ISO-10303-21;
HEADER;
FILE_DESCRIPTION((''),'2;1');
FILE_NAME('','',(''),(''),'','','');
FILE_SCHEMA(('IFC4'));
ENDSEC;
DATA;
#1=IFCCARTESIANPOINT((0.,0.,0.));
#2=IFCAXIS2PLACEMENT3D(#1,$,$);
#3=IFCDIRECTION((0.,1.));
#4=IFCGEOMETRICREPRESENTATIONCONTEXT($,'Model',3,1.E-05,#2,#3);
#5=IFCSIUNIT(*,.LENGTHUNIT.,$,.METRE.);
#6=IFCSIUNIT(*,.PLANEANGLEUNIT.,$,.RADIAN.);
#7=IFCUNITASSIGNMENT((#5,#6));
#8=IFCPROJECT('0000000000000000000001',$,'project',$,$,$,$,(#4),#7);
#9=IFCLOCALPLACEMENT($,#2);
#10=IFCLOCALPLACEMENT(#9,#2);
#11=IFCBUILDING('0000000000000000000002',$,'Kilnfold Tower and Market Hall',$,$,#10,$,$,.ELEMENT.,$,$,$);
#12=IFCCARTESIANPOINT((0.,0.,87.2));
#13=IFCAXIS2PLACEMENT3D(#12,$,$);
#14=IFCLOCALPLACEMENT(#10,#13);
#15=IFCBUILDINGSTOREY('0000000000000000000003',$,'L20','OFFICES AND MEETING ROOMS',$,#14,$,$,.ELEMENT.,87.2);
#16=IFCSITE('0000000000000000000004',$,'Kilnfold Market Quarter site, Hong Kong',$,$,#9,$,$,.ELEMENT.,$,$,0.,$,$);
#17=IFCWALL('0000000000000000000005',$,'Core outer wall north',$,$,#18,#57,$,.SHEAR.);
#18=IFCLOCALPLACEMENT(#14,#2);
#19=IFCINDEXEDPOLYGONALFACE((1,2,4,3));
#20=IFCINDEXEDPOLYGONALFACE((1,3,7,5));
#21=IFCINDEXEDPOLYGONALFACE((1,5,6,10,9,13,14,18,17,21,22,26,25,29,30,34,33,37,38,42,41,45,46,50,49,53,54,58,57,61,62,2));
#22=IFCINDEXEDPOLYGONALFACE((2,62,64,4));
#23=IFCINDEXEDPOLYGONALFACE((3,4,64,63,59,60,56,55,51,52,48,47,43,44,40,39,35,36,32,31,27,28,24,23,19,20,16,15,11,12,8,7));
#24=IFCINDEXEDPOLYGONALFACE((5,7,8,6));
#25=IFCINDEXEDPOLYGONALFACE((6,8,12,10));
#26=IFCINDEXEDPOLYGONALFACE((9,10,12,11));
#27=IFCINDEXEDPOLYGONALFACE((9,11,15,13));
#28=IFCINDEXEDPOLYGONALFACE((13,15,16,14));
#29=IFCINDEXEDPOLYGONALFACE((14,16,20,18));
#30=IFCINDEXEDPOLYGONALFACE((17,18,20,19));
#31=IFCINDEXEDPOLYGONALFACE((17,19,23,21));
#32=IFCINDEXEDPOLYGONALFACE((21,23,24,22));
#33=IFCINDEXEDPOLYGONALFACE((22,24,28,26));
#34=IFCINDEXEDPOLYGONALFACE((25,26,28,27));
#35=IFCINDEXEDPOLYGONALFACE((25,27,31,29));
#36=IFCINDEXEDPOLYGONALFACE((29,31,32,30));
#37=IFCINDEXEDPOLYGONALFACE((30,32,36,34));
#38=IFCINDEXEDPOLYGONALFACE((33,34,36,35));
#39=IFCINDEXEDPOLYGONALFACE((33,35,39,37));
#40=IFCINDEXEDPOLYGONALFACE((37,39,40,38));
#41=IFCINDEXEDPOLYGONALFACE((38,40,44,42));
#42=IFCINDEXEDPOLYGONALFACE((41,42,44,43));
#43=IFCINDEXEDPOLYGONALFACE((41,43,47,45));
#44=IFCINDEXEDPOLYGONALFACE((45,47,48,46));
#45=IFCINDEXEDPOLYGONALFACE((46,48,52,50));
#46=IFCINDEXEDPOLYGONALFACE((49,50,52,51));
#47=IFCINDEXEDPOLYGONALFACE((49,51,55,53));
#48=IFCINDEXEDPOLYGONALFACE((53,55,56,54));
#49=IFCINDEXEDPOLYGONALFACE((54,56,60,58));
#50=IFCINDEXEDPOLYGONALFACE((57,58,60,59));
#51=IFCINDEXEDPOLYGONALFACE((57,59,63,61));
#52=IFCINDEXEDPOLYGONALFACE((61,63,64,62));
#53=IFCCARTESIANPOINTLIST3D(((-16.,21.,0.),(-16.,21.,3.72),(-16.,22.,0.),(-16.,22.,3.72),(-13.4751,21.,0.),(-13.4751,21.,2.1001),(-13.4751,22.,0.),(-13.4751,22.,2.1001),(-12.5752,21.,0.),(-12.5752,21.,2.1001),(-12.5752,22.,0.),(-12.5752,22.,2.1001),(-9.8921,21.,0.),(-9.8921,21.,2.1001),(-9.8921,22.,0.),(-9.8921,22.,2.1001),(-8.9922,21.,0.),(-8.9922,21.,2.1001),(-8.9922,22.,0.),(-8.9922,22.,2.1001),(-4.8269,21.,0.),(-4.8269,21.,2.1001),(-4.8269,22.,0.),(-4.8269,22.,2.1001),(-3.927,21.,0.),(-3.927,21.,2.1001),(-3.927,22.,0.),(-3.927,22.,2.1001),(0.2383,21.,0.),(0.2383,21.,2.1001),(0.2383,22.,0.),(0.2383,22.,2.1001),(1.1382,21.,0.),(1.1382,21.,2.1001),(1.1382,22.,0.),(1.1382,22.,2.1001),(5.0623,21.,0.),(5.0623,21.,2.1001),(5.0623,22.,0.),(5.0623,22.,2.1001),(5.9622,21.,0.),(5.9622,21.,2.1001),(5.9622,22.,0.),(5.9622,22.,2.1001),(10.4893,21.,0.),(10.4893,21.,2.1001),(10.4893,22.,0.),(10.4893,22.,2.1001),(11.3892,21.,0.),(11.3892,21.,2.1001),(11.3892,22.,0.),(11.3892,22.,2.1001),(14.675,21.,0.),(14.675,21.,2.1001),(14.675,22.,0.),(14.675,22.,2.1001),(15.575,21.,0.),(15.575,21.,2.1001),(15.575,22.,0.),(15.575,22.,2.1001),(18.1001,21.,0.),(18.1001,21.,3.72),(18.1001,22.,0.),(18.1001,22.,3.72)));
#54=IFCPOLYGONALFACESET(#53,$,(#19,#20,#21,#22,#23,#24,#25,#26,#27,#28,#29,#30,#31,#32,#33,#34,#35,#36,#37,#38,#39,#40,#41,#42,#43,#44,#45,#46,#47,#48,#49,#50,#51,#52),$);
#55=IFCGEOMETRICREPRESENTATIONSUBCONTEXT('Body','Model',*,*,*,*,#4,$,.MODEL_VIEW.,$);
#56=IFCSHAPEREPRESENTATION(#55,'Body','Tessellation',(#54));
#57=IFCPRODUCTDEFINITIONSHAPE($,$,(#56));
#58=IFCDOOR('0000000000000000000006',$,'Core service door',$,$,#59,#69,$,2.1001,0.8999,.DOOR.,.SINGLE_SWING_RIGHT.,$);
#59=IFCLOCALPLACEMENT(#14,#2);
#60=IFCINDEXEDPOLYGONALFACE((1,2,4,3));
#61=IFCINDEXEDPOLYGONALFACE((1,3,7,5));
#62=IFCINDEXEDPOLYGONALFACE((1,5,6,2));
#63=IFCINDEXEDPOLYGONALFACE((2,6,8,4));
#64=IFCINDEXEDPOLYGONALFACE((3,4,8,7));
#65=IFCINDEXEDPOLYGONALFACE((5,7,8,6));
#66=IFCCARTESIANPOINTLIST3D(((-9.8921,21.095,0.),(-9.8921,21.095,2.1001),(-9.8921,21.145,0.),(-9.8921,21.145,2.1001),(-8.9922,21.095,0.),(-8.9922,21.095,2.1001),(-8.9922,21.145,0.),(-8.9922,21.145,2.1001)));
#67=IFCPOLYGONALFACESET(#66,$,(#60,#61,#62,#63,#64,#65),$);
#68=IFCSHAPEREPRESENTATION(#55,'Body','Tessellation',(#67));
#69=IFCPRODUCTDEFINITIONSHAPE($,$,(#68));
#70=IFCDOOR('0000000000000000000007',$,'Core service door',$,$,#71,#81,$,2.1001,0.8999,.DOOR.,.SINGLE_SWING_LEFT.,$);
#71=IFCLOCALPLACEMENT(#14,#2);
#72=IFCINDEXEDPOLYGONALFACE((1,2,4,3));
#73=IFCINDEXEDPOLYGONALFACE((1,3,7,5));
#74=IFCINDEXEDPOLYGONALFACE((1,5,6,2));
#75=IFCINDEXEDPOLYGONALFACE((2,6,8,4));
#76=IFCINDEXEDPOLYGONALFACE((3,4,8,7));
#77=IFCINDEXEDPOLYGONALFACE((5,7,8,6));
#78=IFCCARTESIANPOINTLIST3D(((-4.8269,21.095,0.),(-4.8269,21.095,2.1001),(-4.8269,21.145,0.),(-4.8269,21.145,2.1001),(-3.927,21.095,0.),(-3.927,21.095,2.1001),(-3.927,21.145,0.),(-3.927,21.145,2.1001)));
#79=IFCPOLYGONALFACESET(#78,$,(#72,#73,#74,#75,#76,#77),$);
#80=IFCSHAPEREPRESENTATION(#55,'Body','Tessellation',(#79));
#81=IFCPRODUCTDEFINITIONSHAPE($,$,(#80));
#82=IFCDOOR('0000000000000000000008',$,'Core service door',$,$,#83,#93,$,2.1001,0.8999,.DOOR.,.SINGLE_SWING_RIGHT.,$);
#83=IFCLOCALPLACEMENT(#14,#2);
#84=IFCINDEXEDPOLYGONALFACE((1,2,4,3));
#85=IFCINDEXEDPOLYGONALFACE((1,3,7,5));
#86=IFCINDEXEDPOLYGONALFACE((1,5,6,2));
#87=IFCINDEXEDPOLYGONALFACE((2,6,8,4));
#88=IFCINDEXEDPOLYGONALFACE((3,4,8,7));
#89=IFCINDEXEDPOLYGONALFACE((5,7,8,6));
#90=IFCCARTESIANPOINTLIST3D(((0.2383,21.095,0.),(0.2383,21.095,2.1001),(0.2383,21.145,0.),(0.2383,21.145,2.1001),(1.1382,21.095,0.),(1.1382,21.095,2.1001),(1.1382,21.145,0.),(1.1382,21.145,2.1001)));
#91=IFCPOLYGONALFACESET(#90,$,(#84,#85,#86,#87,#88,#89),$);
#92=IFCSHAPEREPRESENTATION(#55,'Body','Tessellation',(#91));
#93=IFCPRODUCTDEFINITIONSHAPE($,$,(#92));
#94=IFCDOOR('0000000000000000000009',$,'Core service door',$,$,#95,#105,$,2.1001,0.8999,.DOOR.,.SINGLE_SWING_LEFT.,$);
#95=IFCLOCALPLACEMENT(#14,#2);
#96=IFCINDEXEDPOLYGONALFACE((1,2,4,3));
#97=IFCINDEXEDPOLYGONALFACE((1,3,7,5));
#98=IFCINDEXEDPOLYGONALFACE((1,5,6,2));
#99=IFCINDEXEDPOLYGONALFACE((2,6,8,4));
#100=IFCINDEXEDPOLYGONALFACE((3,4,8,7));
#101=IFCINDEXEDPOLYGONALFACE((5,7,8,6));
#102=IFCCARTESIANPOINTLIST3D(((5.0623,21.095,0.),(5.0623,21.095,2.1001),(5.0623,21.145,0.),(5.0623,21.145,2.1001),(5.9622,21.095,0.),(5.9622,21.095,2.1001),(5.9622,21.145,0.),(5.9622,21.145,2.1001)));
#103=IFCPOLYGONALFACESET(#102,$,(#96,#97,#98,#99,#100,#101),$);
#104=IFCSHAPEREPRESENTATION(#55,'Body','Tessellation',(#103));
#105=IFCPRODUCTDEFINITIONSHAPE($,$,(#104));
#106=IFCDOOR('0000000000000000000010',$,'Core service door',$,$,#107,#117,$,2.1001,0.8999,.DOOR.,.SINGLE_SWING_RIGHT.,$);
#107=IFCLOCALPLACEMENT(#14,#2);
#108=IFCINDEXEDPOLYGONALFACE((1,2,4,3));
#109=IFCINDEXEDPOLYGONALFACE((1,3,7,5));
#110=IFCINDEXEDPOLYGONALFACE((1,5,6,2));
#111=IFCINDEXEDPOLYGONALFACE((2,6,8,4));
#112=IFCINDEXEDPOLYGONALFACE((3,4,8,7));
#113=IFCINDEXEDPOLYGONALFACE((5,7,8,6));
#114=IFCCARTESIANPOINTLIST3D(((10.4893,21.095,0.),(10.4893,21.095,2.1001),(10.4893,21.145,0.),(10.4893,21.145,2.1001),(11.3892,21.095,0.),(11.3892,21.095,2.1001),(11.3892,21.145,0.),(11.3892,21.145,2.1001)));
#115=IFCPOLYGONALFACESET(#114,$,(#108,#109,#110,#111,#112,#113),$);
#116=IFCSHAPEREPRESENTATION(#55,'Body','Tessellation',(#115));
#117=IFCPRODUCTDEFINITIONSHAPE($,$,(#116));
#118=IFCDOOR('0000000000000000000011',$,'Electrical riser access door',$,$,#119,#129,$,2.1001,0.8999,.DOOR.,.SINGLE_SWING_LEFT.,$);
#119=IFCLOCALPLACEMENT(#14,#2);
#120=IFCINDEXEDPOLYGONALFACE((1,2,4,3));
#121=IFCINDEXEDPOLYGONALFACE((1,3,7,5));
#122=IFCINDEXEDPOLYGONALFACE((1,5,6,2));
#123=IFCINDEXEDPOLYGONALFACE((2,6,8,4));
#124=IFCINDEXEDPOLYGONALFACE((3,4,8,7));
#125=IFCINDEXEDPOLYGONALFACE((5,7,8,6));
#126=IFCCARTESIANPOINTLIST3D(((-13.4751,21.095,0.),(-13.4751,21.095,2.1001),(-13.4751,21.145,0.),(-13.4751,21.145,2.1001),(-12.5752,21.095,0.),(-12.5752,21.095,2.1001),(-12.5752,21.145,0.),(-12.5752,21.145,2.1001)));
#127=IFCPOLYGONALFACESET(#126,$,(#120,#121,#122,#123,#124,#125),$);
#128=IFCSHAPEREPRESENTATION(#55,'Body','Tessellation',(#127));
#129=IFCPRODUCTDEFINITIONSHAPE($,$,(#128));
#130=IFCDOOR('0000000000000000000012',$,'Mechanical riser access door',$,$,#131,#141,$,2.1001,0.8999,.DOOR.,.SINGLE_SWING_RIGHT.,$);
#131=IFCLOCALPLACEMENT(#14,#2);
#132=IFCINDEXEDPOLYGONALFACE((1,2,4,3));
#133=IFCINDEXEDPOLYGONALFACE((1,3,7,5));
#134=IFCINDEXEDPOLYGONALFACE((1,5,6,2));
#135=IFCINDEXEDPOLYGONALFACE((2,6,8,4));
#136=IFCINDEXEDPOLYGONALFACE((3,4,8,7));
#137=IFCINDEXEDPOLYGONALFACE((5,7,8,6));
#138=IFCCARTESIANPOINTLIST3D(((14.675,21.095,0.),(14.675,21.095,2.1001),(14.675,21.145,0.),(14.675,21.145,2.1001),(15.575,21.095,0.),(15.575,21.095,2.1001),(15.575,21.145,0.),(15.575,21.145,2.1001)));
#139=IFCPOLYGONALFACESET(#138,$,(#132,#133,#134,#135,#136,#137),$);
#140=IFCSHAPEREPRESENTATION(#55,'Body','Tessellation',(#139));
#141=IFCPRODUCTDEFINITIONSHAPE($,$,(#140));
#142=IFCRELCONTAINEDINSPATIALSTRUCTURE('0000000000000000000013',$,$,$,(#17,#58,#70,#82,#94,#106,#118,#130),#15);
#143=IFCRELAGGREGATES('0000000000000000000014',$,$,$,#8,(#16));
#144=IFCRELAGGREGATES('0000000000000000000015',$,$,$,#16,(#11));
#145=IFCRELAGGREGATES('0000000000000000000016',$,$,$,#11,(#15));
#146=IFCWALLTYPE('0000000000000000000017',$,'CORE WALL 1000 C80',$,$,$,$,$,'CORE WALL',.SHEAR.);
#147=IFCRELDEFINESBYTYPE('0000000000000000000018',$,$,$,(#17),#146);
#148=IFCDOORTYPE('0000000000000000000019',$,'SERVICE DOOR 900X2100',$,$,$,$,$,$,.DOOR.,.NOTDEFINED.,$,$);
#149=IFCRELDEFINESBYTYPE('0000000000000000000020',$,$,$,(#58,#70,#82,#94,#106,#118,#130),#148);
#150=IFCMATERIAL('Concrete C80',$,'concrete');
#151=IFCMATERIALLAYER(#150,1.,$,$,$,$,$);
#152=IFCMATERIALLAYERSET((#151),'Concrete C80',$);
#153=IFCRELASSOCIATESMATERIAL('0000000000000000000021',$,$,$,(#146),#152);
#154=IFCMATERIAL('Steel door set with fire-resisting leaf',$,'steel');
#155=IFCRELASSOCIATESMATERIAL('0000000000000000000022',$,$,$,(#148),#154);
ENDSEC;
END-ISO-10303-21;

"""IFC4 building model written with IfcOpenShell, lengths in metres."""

from ifc_helpers import new_model, si_unit, direction, frame, frame_2d, origin, place, context, subcontext, project, spatial, rectangle, extrude, source, transform, mapped, material, layer, layer_set, type_object, element, fill, save


model = new_model("IFC4")

# Units and contexts
model_context = context("Model", 3, precision=1e-05, world=origin(), true_north=direction((0.0, 1.0)))
body_context = subcontext(model_context, "Body", "Model", "MODEL_VIEW")
ifc_project = project(units=[si_unit("LENGTHUNIT", "METRE"), si_unit("PLANEANGLEUNIT", "RADIAN")], contexts=[model_context])

# Site, building, storey
site_placement = place(None, origin())
site = spatial("IfcSite", under=ifc_project, at=site_placement, Name="Kilnfold Market Quarter site, Hong Kong", CompositionType="ELEMENT", RefElevation=0.0)
building_placement = place(site_placement, origin())
building = spatial("IfcBuilding", under=site, at=building_placement, Name="Kilnfold Tower and Market Hall", CompositionType="ELEMENT")
storey_placement = place(building_placement, frame((0.0, 0.0, 87.2)))
storey = spatial("IfcBuildingStorey", under=building, at=storey_placement, Name="L20", Description="OFFICES AND MEETING ROOMS", CompositionType="ELEMENT", Elevation=87.2)

# Wall, openings, doors
ifc_material_1 = material(Name="Concrete C80", Category="concrete")
ifc_layer_1 = layer(ifc_material_1, 1.0)
ifc_layer_set_1 = layer_set([ifc_layer_1], Name="Concrete C80")
wall_type_1 = type_object("IfcWallType", Name="CORE WALL 1000 C80", ElementType="CORE WALL", PredefinedType="SHEAR", material=ifc_layer_set_1)
shared_shape_1 = source(origin(), body_context, "Body", "SweptSolid", [
    extrude(rectangle(XDim=34.1001, YDim=1.0, at=frame_2d((17.05, 0.0))), origin(), (0.0, 0.0, 1.0), 3.72),
])
wall_1_placement = place(storey_placement, frame((-16.0, 21.5, 0.0), z_axis=(0.0, 0.0, 1.0), x_axis=(1.0, 0.0, 0.0)))
wall_1 = element("IfcWall", 1, at=wall_1_placement, inside=storey, type_object=wall_type_1, Name="Core outer wall north", PredefinedType="SHEAR", context=body_context, shape_type="MappedRepresentation", body=[
    mapped(shared_shape_1, transform((0.0, 0.0, 0.0))),
])
opening_1_placement = place(wall_1_placement, frame((6.1079, 0.0, 0.0)))
opening_1 = element("IfcOpeningElement", 2, at=opening_1_placement, cuts=wall_1, PredefinedType="OPENING", context=body_context, shape_type="SweptSolid", body=[
    extrude(rectangle(XDim=0.8999, YDim=2.1001, at=frame_2d((0.45, 1.05))), frame((0.0, 0.51, 0.0), z_axis=(0.0, -1.0, 0.0), x_axis=(1.0, 0.0, 0.0)), (0.0, 0.0, 1.0), 1.02),
])
opening_2_placement = place(wall_1_placement, frame((11.1731, 0.0, 0.0)))
opening_2 = element("IfcOpeningElement", 3, at=opening_2_placement, cuts=wall_1, PredefinedType="OPENING", context=body_context, shape_type="SweptSolid", body=[
    extrude(rectangle(XDim=0.8999, YDim=2.1001, at=frame_2d((0.45, 1.05))), frame((0.0, 0.51, 0.0), z_axis=(0.0, -1.0, 0.0), x_axis=(1.0, 0.0, 0.0)), (0.0, 0.0, 1.0), 1.02),
])
opening_3_placement = place(wall_1_placement, frame((16.2383, 0.0, 0.0)))
opening_3 = element("IfcOpeningElement", 4, at=opening_3_placement, cuts=wall_1, PredefinedType="OPENING", context=body_context, shape_type="SweptSolid", body=[
    extrude(rectangle(XDim=0.8999, YDim=2.1001, at=frame_2d((0.45, 1.05))), frame((0.0, 0.51, 0.0), z_axis=(0.0, -1.0, 0.0), x_axis=(1.0, 0.0, 0.0)), (0.0, 0.0, 1.0), 1.02),
])
opening_4_placement = place(wall_1_placement, frame((21.0623, 0.0, 0.0)))
opening_4 = element("IfcOpeningElement", 5, at=opening_4_placement, cuts=wall_1, PredefinedType="OPENING", context=body_context, shape_type="SweptSolid", body=[
    extrude(rectangle(XDim=0.8999, YDim=2.1001, at=frame_2d((0.45, 1.05))), frame((0.0, 0.51, 0.0), z_axis=(0.0, -1.0, 0.0), x_axis=(1.0, 0.0, 0.0)), (0.0, 0.0, 1.0), 1.02),
])
opening_5_placement = place(wall_1_placement, frame((26.4893, 0.0, 0.0)))
opening_5 = element("IfcOpeningElement", 6, at=opening_5_placement, cuts=wall_1, PredefinedType="OPENING", context=body_context, shape_type="SweptSolid", body=[
    extrude(rectangle(XDim=0.8999, YDim=2.1001, at=frame_2d((0.45, 1.05))), frame((0.0, 0.51, 0.0), z_axis=(0.0, -1.0, 0.0), x_axis=(1.0, 0.0, 0.0)), (0.0, 0.0, 1.0), 1.02),
])
opening_6_placement = place(wall_1_placement, frame((2.5249, 0.0, 0.0)))
opening_6 = element("IfcOpeningElement", 7, at=opening_6_placement, cuts=wall_1, PredefinedType="OPENING", context=body_context, shape_type="SweptSolid", body=[
    extrude(rectangle(XDim=0.8999, YDim=2.1001, at=frame_2d((0.45, 1.05))), frame((0.0, 0.51, 0.0), z_axis=(0.0, -1.0, 0.0), x_axis=(1.0, 0.0, 0.0)), (0.0, 0.0, 1.0), 1.02),
])
opening_7_placement = place(wall_1_placement, frame((30.675, 0.0, 0.0)))
opening_7 = element("IfcOpeningElement", 8, at=opening_7_placement, cuts=wall_1, PredefinedType="OPENING", context=body_context, shape_type="SweptSolid", body=[
    extrude(rectangle(XDim=0.8999, YDim=2.1001, at=frame_2d((0.45, 1.05))), frame((0.0, 0.51, 0.0), z_axis=(0.0, -1.0, 0.0), x_axis=(1.0, 0.0, 0.0)), (0.0, 0.0, 1.0), 1.02),
])
ifc_material_2 = material(Name="Steel door set with fire-resisting leaf", Category="steel")
door_type = type_object("IfcDoorType", Name="SERVICE DOOR 900X2100", OperationType="NOTDEFINED", PredefinedType="DOOR", material=ifc_material_2)
door_1_placement = place(opening_1_placement, origin())
door_1 = element("IfcDoor", 9, at=door_1_placement, inside=storey, type_object=door_type, Name="Core service door", OperationType="SINGLE_SWING_RIGHT", OverallHeight=2.1001, OverallWidth=0.8999, PredefinedType="DOOR", context=body_context, shape_type="SweptSolid", body=[
    extrude(rectangle(XDim=0.8999, YDim=2.1001, at=frame_2d((0.45, 1.05))), frame((0.0, -0.355, 0.0), z_axis=(0.0, -1.0, 0.0), x_axis=(1.0, 0.0, 0.0)), (0.0, 0.0, 1.0), 0.05),
])
fill(opening_1, door_1)
door_2_placement = place(opening_2_placement, origin())
door_2 = element("IfcDoor", 10, at=door_2_placement, inside=storey, type_object=door_type, Name="Core service door", OperationType="SINGLE_SWING_LEFT", OverallHeight=2.1001, OverallWidth=0.8999, PredefinedType="DOOR", context=body_context, shape_type="SweptSolid", body=[
    extrude(rectangle(XDim=0.8999, YDim=2.1001, at=frame_2d((0.45, 1.05))), frame((0.0, -0.355, 0.0), z_axis=(0.0, -1.0, 0.0), x_axis=(1.0, 0.0, 0.0)), (0.0, 0.0, 1.0), 0.05),
])
fill(opening_2, door_2)
door_3_placement = place(opening_3_placement, origin())
door_3 = element("IfcDoor", 11, at=door_3_placement, inside=storey, type_object=door_type, Name="Core service door", OperationType="SINGLE_SWING_RIGHT", OverallHeight=2.1001, OverallWidth=0.8999, PredefinedType="DOOR", context=body_context, shape_type="SweptSolid", body=[
    extrude(rectangle(XDim=0.8999, YDim=2.1001, at=frame_2d((0.45, 1.05))), frame((0.0, -0.355, 0.0), z_axis=(0.0, -1.0, 0.0), x_axis=(1.0, 0.0, 0.0)), (0.0, 0.0, 1.0), 0.05),
])
fill(opening_3, door_3)
door_4_placement = place(opening_4_placement, origin())
door_4 = element("IfcDoor", 12, at=door_4_placement, inside=storey, type_object=door_type, Name="Core service door", OperationType="SINGLE_SWING_LEFT", OverallHeight=2.1001, OverallWidth=0.8999, PredefinedType="DOOR", context=body_context, shape_type="SweptSolid", body=[
    extrude(rectangle(XDim=0.8999, YDim=2.1001, at=frame_2d((0.45, 1.05))), frame((0.0, -0.355, 0.0), z_axis=(0.0, -1.0, 0.0), x_axis=(1.0, 0.0, 0.0)), (0.0, 0.0, 1.0), 0.05),
])
fill(opening_4, door_4)
door_5_placement = place(opening_5_placement, origin())
door_5 = element("IfcDoor", 13, at=door_5_placement, inside=storey, type_object=door_type, Name="Core service door", OperationType="SINGLE_SWING_RIGHT", OverallHeight=2.1001, OverallWidth=0.8999, PredefinedType="DOOR", context=body_context, shape_type="SweptSolid", body=[
    extrude(rectangle(XDim=0.8999, YDim=2.1001, at=frame_2d((0.45, 1.05))), frame((0.0, -0.355, 0.0), z_axis=(0.0, -1.0, 0.0), x_axis=(1.0, 0.0, 0.0)), (0.0, 0.0, 1.0), 0.05),
])
fill(opening_5, door_5)
door_6_placement = place(opening_6_placement, origin())
door_6 = element("IfcDoor", 14, at=door_6_placement, inside=storey, type_object=door_type, Name="Electrical riser access door", OperationType="SINGLE_SWING_LEFT", OverallHeight=2.1001, OverallWidth=0.8999, PredefinedType="DOOR", context=body_context, shape_type="SweptSolid", body=[
    extrude(rectangle(XDim=0.8999, YDim=2.1001, at=frame_2d((0.45, 1.05))), frame((0.0, -0.355, 0.0), z_axis=(0.0, -1.0, 0.0), x_axis=(1.0, 0.0, 0.0)), (0.0, 0.0, 1.0), 0.05),
])
fill(opening_6, door_6)
door_7_placement = place(opening_7_placement, origin())
door_7 = element("IfcDoor", 15, at=door_7_placement, inside=storey, type_object=door_type, Name="Mechanical riser access door", OperationType="SINGLE_SWING_RIGHT", OverallHeight=2.1001, OverallWidth=0.8999, PredefinedType="DOOR", context=body_context, shape_type="SweptSolid", body=[
    extrude(rectangle(XDim=0.8999, YDim=2.1001, at=frame_2d((0.45, 1.05))), frame((0.0, -0.355, 0.0), z_axis=(0.0, -1.0, 0.0), x_axis=(1.0, 0.0, 0.0)), (0.0, 0.0, 1.0), 0.05),
])
fill(opening_7, door_7)

save(model, "model.ifc")
